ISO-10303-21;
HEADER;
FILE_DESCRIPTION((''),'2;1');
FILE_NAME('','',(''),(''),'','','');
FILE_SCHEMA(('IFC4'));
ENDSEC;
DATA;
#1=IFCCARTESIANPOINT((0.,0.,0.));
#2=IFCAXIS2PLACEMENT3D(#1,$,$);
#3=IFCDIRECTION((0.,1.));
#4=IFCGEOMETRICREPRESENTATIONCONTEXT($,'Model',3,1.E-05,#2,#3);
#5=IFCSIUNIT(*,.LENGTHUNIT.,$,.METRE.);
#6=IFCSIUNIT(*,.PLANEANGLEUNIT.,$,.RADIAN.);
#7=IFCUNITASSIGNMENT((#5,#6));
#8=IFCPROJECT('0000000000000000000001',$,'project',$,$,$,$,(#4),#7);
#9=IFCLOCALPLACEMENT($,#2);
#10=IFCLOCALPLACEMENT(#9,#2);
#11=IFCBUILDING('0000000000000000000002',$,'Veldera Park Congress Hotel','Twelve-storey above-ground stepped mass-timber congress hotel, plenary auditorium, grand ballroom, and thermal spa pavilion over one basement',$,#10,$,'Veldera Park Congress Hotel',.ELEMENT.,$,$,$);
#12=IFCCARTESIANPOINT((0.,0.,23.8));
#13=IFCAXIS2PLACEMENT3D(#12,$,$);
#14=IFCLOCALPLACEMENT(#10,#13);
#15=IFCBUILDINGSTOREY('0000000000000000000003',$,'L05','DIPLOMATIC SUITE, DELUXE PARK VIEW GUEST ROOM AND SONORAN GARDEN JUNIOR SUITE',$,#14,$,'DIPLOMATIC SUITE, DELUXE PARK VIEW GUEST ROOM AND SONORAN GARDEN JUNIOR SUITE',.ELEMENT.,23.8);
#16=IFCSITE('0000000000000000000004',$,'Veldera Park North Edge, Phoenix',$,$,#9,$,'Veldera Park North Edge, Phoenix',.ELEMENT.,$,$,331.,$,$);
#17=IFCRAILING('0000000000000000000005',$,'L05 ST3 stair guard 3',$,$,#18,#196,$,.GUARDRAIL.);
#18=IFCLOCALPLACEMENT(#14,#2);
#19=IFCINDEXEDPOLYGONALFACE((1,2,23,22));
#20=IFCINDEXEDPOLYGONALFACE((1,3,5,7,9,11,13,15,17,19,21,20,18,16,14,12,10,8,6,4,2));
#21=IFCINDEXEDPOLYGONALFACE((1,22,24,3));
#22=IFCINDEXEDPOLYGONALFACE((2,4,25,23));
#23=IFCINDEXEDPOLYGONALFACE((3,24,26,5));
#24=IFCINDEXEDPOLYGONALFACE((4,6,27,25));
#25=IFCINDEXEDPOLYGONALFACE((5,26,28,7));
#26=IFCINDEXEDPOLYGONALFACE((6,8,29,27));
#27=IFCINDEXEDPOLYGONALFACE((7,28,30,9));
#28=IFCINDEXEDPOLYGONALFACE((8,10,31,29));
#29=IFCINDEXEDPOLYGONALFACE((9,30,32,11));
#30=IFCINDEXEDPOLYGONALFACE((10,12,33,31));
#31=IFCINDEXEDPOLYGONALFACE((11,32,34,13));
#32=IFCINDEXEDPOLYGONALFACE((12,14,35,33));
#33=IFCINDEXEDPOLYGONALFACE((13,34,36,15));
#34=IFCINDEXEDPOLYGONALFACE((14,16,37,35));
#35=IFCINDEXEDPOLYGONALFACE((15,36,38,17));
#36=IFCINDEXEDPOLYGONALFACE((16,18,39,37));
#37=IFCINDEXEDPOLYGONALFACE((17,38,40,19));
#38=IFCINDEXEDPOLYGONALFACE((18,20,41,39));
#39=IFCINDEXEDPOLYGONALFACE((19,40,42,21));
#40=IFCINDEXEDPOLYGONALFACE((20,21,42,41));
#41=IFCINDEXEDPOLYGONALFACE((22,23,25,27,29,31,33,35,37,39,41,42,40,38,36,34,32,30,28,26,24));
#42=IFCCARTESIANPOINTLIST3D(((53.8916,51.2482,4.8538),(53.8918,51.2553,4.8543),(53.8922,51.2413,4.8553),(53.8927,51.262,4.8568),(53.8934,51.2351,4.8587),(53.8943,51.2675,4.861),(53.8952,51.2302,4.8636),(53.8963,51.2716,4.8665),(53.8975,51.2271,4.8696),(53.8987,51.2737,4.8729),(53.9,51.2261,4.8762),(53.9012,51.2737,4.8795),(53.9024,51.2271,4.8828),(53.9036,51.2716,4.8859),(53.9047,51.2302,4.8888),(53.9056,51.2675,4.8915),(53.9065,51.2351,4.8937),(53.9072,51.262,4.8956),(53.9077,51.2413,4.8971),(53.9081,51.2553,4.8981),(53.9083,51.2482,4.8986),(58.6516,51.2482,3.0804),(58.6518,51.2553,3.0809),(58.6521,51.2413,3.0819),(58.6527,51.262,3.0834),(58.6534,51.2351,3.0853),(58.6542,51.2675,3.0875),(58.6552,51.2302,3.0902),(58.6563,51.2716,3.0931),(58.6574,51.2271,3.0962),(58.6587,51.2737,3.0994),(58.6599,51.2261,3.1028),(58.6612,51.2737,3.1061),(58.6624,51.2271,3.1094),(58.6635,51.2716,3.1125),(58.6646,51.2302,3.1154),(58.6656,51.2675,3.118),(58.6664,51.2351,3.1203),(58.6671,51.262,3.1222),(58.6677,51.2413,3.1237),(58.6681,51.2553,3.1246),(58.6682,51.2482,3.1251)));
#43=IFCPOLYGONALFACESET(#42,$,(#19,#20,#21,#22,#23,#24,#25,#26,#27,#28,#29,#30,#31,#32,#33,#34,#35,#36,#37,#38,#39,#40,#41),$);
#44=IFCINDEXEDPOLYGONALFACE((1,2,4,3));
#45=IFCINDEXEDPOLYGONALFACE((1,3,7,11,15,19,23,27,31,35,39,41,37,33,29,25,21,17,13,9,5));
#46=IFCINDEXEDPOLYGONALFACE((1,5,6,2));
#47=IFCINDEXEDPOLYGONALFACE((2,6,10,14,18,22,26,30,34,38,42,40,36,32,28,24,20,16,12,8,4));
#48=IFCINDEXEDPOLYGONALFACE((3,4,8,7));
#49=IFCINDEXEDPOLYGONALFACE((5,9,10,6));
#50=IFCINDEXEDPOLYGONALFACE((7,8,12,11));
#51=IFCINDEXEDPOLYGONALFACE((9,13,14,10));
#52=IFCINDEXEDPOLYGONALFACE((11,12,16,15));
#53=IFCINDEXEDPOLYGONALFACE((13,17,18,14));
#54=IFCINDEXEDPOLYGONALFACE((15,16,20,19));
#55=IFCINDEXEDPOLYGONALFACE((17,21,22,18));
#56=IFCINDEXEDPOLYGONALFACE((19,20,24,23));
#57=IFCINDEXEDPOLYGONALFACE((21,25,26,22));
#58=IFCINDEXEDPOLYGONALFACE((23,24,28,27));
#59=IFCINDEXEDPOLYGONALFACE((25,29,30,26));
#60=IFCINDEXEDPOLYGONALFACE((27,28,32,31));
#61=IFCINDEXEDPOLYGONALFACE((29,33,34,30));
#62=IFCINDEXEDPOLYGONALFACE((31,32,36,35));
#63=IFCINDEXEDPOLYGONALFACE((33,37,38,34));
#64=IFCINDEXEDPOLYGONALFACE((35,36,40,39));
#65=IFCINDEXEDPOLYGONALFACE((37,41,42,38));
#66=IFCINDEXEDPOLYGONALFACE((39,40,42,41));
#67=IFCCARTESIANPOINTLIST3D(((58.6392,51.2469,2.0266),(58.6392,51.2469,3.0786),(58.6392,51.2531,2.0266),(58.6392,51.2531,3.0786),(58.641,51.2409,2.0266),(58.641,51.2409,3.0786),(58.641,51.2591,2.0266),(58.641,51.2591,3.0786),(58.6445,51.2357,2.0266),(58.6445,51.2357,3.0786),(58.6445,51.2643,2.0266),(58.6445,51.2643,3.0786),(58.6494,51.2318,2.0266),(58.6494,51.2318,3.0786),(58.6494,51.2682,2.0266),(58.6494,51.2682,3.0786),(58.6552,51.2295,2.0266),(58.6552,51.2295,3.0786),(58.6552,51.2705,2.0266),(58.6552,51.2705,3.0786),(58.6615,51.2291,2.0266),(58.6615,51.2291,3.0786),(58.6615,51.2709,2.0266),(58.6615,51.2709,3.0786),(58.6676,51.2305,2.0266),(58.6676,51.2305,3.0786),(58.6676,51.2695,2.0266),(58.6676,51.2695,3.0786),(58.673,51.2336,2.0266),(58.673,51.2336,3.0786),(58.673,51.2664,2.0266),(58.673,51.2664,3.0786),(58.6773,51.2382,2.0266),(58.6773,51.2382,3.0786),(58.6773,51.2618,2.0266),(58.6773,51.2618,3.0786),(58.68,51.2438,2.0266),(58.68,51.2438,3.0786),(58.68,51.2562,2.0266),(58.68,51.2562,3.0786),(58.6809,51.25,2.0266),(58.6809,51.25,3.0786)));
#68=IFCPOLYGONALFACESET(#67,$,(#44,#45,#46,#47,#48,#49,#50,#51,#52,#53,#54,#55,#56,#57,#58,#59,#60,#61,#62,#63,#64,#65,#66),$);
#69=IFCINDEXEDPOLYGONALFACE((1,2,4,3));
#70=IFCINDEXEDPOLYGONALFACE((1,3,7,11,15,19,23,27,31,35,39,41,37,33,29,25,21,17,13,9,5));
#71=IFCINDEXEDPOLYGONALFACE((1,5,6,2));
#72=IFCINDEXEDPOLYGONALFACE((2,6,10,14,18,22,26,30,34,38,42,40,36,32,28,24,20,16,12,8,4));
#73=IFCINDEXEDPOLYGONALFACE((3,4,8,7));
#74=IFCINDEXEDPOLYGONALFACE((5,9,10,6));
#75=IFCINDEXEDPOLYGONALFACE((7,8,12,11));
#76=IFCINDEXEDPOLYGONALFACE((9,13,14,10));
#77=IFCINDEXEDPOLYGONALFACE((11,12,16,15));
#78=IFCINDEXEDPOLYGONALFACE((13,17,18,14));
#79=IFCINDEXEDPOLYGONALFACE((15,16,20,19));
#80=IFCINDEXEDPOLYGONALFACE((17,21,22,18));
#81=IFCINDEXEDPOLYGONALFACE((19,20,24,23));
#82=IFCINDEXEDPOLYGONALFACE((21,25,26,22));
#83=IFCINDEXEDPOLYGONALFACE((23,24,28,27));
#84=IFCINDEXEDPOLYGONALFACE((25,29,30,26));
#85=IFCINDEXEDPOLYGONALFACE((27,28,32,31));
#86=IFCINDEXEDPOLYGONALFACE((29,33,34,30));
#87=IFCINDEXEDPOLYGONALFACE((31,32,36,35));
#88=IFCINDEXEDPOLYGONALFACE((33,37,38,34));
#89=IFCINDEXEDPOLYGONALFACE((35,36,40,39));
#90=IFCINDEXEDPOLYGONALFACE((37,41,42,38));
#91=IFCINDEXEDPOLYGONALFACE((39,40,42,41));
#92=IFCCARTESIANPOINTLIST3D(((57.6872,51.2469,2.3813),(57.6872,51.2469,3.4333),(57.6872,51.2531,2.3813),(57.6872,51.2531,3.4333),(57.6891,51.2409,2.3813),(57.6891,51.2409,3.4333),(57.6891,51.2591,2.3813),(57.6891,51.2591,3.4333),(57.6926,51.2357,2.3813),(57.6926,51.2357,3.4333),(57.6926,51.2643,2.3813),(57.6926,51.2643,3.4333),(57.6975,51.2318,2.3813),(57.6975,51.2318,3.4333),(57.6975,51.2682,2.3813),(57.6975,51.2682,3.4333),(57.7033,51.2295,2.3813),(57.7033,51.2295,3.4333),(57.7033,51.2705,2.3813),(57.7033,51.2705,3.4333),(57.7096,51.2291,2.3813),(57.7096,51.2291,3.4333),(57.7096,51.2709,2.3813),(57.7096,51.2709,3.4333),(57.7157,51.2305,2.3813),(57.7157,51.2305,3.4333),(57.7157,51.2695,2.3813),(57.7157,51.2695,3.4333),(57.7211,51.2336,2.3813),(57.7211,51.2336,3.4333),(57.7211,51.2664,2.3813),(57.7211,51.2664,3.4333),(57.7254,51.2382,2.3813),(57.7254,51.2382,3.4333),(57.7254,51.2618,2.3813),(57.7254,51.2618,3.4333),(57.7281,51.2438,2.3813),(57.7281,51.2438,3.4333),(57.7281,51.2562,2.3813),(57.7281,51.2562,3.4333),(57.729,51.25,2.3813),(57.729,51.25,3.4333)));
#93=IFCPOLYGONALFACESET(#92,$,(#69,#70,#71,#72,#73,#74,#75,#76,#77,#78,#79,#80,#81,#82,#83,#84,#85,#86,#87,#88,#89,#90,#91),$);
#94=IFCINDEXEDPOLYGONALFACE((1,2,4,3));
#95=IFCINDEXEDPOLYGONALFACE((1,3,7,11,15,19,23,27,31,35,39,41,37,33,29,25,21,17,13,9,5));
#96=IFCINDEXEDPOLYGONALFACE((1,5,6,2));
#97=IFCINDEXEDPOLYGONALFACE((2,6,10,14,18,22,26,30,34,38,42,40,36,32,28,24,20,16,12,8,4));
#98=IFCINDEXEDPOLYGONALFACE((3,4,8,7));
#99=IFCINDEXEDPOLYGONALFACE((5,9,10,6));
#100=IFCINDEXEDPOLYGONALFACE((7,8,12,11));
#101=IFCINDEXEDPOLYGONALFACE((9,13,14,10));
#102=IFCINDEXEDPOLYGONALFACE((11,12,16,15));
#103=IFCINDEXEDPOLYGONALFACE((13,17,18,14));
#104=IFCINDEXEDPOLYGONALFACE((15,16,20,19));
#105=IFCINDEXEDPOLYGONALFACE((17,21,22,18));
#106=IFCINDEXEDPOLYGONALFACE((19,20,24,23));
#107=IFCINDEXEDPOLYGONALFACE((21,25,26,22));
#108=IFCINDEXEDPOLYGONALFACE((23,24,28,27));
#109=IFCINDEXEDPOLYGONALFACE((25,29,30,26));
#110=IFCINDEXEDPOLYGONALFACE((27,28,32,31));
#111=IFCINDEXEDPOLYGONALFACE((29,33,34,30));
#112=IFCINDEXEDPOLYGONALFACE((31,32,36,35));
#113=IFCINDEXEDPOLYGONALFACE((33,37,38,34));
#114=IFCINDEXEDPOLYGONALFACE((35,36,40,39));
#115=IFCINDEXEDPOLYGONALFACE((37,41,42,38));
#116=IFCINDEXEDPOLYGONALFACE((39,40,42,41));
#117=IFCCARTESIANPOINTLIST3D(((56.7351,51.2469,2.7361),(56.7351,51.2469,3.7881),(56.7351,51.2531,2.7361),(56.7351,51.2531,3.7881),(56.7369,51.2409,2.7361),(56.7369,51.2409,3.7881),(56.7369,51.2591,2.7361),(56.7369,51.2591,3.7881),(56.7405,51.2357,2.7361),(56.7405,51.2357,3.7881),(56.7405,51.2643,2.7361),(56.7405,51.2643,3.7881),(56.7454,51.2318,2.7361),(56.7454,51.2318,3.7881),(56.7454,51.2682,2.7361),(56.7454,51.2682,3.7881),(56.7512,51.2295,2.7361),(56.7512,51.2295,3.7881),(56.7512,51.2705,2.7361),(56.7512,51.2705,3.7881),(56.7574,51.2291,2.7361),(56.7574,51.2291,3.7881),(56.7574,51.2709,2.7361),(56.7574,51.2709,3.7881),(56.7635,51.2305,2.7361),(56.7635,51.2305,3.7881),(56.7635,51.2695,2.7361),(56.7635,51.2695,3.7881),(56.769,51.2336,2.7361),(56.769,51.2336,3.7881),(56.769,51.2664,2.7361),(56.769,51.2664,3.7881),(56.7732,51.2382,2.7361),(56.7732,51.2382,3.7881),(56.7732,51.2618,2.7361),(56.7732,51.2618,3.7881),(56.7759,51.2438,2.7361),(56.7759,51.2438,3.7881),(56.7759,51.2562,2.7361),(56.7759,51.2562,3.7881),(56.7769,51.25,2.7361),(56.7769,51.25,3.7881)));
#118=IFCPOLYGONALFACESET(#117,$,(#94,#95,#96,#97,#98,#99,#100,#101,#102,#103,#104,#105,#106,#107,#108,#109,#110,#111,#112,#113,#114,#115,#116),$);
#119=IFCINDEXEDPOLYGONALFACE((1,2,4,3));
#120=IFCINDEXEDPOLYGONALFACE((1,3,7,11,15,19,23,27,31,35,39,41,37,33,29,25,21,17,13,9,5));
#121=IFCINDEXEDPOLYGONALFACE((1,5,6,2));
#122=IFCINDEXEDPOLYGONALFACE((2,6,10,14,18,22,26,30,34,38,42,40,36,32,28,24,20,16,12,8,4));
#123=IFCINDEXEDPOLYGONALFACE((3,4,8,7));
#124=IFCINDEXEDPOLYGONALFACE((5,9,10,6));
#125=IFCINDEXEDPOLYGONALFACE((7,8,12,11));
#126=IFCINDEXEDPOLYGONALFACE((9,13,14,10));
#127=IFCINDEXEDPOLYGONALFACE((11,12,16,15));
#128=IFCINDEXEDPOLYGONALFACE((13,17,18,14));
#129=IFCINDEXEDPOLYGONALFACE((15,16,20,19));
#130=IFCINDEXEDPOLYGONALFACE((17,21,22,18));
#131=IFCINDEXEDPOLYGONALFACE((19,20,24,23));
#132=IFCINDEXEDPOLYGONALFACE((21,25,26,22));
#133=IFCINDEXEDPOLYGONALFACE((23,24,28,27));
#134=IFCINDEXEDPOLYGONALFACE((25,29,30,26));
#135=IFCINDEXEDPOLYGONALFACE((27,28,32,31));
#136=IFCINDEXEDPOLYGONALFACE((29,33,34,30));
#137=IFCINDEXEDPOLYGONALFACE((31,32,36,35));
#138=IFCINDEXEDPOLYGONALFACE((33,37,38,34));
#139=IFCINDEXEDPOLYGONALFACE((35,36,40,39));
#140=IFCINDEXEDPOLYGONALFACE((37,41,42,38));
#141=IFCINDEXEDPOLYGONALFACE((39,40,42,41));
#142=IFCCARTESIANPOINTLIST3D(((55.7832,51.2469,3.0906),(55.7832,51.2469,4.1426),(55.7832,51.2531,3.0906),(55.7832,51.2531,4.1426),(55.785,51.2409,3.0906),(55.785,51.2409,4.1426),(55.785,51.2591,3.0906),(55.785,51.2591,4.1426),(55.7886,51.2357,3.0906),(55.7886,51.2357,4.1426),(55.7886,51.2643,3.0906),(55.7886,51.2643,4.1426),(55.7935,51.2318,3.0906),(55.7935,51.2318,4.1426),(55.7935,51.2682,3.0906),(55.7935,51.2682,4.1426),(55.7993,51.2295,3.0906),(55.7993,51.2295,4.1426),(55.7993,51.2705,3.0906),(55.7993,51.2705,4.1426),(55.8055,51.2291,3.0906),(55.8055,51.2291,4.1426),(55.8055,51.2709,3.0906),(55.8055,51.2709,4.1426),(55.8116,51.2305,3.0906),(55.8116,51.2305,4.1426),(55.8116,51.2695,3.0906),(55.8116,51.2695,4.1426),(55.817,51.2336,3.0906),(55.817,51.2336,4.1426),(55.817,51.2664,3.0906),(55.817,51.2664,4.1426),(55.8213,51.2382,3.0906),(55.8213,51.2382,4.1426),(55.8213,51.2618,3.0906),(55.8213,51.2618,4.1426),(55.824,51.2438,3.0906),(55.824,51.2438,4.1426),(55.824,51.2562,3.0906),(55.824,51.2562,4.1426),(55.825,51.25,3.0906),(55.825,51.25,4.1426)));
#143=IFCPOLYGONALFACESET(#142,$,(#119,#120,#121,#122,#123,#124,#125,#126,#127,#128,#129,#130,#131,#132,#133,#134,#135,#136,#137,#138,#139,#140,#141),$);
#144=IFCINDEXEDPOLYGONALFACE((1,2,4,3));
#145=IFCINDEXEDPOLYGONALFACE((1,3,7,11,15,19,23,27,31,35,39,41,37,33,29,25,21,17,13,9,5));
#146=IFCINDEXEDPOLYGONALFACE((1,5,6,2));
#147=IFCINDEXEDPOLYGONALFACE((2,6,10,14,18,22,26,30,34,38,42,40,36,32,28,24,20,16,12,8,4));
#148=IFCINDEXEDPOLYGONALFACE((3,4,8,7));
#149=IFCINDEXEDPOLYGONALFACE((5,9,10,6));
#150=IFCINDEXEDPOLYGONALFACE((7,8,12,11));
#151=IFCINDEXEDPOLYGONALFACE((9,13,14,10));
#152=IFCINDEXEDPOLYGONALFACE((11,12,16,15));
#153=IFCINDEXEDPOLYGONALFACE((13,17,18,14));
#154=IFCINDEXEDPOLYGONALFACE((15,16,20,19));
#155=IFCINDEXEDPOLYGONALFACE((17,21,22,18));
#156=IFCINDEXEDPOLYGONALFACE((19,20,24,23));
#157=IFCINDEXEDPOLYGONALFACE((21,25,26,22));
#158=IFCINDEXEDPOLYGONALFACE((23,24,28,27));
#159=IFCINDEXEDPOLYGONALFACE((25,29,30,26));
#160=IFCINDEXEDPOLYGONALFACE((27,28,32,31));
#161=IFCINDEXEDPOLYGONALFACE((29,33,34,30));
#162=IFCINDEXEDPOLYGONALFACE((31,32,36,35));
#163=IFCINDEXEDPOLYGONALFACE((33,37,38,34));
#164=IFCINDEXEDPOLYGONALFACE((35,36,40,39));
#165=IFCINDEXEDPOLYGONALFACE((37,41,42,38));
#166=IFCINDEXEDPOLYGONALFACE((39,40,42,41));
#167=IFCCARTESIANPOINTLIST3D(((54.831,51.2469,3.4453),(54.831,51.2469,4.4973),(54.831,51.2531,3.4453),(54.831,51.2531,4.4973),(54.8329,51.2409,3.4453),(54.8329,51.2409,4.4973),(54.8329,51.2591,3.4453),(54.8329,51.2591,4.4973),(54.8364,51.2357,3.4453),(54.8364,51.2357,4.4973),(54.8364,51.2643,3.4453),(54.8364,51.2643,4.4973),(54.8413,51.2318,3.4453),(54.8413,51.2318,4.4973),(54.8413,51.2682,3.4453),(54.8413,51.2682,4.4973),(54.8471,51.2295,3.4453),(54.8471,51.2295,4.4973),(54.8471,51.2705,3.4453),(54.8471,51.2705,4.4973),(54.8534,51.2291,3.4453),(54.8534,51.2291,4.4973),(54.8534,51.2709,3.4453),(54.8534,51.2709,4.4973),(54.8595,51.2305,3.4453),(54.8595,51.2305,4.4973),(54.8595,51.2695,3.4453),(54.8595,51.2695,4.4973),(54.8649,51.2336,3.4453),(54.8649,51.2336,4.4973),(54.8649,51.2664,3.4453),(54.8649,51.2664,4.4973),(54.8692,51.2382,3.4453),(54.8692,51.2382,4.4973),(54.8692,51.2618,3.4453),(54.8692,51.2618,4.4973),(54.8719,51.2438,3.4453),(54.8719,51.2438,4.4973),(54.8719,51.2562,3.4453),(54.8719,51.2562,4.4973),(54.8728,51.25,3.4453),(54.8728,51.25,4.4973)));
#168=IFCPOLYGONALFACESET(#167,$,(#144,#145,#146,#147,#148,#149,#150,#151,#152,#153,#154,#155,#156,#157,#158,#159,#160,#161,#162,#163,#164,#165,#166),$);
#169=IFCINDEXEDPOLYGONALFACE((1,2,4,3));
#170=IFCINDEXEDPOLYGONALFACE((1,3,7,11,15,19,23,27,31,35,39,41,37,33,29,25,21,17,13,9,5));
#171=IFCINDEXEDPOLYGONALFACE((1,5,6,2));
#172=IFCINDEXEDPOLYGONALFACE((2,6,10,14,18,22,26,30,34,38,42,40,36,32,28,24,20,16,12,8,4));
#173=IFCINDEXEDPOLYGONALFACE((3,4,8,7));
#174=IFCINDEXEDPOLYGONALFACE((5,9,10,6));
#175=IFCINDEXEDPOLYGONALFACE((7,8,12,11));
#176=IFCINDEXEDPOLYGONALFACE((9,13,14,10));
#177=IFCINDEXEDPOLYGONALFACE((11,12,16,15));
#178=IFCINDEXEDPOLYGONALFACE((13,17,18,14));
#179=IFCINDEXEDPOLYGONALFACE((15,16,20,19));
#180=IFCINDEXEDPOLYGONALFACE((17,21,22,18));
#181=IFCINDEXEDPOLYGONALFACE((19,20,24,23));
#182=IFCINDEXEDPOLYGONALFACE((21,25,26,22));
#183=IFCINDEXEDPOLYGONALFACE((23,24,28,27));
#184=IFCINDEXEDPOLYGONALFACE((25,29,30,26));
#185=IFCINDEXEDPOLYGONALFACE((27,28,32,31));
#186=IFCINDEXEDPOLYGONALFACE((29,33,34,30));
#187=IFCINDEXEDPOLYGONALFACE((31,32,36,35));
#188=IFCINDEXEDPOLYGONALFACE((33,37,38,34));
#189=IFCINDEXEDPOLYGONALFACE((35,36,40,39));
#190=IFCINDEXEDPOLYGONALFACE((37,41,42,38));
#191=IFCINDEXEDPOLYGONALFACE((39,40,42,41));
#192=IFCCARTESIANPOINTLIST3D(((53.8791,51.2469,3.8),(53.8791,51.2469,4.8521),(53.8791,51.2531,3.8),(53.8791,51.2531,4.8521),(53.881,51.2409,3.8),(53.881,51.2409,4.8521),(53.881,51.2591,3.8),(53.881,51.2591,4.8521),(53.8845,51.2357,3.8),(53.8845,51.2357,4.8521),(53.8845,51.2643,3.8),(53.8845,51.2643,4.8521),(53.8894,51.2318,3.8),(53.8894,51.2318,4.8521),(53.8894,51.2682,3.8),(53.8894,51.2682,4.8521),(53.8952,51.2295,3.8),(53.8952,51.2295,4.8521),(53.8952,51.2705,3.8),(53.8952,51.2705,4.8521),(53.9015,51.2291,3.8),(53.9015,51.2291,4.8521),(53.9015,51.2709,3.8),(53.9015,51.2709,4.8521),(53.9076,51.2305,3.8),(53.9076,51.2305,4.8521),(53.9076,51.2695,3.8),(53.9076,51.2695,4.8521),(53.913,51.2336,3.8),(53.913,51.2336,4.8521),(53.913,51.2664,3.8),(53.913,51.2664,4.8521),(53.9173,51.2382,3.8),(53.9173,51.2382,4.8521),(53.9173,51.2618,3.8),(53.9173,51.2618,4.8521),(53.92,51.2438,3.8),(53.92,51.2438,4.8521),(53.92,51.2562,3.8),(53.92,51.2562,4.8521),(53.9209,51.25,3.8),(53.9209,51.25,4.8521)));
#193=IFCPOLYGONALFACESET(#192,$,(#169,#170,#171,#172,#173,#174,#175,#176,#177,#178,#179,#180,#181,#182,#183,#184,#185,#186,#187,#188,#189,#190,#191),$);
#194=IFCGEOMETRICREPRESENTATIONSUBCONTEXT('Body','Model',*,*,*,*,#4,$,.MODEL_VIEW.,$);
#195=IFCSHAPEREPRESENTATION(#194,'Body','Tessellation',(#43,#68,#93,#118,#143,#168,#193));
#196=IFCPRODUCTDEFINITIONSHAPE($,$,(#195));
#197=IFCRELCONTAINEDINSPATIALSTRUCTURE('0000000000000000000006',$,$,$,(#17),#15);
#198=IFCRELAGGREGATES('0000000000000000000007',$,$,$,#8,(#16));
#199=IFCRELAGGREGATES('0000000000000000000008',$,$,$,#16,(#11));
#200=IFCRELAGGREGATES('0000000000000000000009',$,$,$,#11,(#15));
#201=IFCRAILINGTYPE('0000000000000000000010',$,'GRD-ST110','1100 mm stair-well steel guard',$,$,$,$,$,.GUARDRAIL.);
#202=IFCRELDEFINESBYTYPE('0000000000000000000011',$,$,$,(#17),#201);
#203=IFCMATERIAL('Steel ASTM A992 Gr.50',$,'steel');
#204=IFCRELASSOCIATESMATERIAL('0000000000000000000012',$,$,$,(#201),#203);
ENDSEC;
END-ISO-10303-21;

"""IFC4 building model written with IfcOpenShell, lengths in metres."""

from ifc_helpers import new_model, si_unit, direction, frame, origin, origin_2d, place, context, subcontext, project, spatial, circle, extrude, material, type_object, element, save


model = new_model("IFC4")

# Units and contexts
model_context = context("Model", 3, precision=1e-05, world=origin(), true_north=direction((0.0, 1.0)))
body_context = subcontext(model_context, "Body", "Model", "MODEL_VIEW")
ifc_project = project(units=[si_unit("LENGTHUNIT", "METRE"), si_unit("PLANEANGLEUNIT", "RADIAN")], contexts=[model_context])

# Site, building, storey
site_placement = place(None, origin())
site = spatial("IfcSite", under=ifc_project, at=site_placement, Name="Veldera Park North Edge, Phoenix", LongName="Veldera Park North Edge, Phoenix", CompositionType="ELEMENT", RefElevation=331.0)
building_placement = place(site_placement, origin())
building = spatial("IfcBuilding", under=site, at=building_placement, Name="Veldera Park Congress Hotel", Description="Twelve-storey above-ground stepped mass-timber congress hotel, plenary auditorium, grand ballroom, and thermal spa pavilion over one basement", LongName="Veldera Park Congress Hotel", CompositionType="ELEMENT")
storey_placement = place(building_placement, frame((0.0, 0.0, 23.8)))
storey = spatial("IfcBuildingStorey", under=building, at=storey_placement, Name="L05", Description="DIPLOMATIC SUITE, DELUXE PARK VIEW GUEST ROOM AND SONORAN GARDEN JUNIOR SUITE", LongName="DIPLOMATIC SUITE, DELUXE PARK VIEW GUEST ROOM AND SONORAN GARDEN JUNIOR SUITE", CompositionType="ELEMENT", Elevation=23.8)

# Railing
ifc_material_1 = material(Name="Steel ASTM A992 Gr.50", Category="steel")
railing_type_1 = type_object("IfcRailingType", Name="GRD-ST110", Description="1100 mm stair-well steel guard", PredefinedType="GUARDRAIL", material=ifc_material_1)
railing_1_placement = place(storey_placement, frame((58.6599, 51.25, 2.0266)))
element("IfcRailing", 1, at=railing_1_placement, inside=storey, type_object=railing_type_1, Name="L05 ST3 stair guard 3", PredefinedType="GUARDRAIL", context=body_context, shape_type="SweptSolid", body=[
    extrude(circle(Radius=0.0239, at=origin_2d()), frame((0.0, 0.0, 1.0762), z_axis=(-0.937076, 0.0, 0.349126), x_axis=(0.0, -1.0, 0.0)), (0.0, 0.0, 1.0), 5.0796),
    extrude(circle(Radius=0.021, at=origin_2d()), origin(), (0.0, 0.0, 1.0), 1.052),
    extrude(circle(Radius=0.021, at=origin_2d()), frame((-0.9519, 0.0, 0.3547)), (0.0, 0.0, 1.0), 1.052),
    extrude(circle(Radius=0.021, at=origin_2d()), frame((-1.9041, 0.0, 0.7095)), (0.0, 0.0, 1.0), 1.052),
    extrude(circle(Radius=0.021, at=origin_2d()), frame((-2.856, 0.0, 1.064)), (0.0, 0.0, 1.0), 1.052),
    extrude(circle(Radius=0.021, at=origin_2d()), frame((-3.8081, 0.0, 1.4187)), (0.0, 0.0, 1.0), 1.052),
    extrude(circle(Radius=0.021, at=origin_2d()), frame((-4.76, 0.0, 1.7734)), (0.0, 0.0, 1.0), 1.052),
])

save(model, "model.ifc")
